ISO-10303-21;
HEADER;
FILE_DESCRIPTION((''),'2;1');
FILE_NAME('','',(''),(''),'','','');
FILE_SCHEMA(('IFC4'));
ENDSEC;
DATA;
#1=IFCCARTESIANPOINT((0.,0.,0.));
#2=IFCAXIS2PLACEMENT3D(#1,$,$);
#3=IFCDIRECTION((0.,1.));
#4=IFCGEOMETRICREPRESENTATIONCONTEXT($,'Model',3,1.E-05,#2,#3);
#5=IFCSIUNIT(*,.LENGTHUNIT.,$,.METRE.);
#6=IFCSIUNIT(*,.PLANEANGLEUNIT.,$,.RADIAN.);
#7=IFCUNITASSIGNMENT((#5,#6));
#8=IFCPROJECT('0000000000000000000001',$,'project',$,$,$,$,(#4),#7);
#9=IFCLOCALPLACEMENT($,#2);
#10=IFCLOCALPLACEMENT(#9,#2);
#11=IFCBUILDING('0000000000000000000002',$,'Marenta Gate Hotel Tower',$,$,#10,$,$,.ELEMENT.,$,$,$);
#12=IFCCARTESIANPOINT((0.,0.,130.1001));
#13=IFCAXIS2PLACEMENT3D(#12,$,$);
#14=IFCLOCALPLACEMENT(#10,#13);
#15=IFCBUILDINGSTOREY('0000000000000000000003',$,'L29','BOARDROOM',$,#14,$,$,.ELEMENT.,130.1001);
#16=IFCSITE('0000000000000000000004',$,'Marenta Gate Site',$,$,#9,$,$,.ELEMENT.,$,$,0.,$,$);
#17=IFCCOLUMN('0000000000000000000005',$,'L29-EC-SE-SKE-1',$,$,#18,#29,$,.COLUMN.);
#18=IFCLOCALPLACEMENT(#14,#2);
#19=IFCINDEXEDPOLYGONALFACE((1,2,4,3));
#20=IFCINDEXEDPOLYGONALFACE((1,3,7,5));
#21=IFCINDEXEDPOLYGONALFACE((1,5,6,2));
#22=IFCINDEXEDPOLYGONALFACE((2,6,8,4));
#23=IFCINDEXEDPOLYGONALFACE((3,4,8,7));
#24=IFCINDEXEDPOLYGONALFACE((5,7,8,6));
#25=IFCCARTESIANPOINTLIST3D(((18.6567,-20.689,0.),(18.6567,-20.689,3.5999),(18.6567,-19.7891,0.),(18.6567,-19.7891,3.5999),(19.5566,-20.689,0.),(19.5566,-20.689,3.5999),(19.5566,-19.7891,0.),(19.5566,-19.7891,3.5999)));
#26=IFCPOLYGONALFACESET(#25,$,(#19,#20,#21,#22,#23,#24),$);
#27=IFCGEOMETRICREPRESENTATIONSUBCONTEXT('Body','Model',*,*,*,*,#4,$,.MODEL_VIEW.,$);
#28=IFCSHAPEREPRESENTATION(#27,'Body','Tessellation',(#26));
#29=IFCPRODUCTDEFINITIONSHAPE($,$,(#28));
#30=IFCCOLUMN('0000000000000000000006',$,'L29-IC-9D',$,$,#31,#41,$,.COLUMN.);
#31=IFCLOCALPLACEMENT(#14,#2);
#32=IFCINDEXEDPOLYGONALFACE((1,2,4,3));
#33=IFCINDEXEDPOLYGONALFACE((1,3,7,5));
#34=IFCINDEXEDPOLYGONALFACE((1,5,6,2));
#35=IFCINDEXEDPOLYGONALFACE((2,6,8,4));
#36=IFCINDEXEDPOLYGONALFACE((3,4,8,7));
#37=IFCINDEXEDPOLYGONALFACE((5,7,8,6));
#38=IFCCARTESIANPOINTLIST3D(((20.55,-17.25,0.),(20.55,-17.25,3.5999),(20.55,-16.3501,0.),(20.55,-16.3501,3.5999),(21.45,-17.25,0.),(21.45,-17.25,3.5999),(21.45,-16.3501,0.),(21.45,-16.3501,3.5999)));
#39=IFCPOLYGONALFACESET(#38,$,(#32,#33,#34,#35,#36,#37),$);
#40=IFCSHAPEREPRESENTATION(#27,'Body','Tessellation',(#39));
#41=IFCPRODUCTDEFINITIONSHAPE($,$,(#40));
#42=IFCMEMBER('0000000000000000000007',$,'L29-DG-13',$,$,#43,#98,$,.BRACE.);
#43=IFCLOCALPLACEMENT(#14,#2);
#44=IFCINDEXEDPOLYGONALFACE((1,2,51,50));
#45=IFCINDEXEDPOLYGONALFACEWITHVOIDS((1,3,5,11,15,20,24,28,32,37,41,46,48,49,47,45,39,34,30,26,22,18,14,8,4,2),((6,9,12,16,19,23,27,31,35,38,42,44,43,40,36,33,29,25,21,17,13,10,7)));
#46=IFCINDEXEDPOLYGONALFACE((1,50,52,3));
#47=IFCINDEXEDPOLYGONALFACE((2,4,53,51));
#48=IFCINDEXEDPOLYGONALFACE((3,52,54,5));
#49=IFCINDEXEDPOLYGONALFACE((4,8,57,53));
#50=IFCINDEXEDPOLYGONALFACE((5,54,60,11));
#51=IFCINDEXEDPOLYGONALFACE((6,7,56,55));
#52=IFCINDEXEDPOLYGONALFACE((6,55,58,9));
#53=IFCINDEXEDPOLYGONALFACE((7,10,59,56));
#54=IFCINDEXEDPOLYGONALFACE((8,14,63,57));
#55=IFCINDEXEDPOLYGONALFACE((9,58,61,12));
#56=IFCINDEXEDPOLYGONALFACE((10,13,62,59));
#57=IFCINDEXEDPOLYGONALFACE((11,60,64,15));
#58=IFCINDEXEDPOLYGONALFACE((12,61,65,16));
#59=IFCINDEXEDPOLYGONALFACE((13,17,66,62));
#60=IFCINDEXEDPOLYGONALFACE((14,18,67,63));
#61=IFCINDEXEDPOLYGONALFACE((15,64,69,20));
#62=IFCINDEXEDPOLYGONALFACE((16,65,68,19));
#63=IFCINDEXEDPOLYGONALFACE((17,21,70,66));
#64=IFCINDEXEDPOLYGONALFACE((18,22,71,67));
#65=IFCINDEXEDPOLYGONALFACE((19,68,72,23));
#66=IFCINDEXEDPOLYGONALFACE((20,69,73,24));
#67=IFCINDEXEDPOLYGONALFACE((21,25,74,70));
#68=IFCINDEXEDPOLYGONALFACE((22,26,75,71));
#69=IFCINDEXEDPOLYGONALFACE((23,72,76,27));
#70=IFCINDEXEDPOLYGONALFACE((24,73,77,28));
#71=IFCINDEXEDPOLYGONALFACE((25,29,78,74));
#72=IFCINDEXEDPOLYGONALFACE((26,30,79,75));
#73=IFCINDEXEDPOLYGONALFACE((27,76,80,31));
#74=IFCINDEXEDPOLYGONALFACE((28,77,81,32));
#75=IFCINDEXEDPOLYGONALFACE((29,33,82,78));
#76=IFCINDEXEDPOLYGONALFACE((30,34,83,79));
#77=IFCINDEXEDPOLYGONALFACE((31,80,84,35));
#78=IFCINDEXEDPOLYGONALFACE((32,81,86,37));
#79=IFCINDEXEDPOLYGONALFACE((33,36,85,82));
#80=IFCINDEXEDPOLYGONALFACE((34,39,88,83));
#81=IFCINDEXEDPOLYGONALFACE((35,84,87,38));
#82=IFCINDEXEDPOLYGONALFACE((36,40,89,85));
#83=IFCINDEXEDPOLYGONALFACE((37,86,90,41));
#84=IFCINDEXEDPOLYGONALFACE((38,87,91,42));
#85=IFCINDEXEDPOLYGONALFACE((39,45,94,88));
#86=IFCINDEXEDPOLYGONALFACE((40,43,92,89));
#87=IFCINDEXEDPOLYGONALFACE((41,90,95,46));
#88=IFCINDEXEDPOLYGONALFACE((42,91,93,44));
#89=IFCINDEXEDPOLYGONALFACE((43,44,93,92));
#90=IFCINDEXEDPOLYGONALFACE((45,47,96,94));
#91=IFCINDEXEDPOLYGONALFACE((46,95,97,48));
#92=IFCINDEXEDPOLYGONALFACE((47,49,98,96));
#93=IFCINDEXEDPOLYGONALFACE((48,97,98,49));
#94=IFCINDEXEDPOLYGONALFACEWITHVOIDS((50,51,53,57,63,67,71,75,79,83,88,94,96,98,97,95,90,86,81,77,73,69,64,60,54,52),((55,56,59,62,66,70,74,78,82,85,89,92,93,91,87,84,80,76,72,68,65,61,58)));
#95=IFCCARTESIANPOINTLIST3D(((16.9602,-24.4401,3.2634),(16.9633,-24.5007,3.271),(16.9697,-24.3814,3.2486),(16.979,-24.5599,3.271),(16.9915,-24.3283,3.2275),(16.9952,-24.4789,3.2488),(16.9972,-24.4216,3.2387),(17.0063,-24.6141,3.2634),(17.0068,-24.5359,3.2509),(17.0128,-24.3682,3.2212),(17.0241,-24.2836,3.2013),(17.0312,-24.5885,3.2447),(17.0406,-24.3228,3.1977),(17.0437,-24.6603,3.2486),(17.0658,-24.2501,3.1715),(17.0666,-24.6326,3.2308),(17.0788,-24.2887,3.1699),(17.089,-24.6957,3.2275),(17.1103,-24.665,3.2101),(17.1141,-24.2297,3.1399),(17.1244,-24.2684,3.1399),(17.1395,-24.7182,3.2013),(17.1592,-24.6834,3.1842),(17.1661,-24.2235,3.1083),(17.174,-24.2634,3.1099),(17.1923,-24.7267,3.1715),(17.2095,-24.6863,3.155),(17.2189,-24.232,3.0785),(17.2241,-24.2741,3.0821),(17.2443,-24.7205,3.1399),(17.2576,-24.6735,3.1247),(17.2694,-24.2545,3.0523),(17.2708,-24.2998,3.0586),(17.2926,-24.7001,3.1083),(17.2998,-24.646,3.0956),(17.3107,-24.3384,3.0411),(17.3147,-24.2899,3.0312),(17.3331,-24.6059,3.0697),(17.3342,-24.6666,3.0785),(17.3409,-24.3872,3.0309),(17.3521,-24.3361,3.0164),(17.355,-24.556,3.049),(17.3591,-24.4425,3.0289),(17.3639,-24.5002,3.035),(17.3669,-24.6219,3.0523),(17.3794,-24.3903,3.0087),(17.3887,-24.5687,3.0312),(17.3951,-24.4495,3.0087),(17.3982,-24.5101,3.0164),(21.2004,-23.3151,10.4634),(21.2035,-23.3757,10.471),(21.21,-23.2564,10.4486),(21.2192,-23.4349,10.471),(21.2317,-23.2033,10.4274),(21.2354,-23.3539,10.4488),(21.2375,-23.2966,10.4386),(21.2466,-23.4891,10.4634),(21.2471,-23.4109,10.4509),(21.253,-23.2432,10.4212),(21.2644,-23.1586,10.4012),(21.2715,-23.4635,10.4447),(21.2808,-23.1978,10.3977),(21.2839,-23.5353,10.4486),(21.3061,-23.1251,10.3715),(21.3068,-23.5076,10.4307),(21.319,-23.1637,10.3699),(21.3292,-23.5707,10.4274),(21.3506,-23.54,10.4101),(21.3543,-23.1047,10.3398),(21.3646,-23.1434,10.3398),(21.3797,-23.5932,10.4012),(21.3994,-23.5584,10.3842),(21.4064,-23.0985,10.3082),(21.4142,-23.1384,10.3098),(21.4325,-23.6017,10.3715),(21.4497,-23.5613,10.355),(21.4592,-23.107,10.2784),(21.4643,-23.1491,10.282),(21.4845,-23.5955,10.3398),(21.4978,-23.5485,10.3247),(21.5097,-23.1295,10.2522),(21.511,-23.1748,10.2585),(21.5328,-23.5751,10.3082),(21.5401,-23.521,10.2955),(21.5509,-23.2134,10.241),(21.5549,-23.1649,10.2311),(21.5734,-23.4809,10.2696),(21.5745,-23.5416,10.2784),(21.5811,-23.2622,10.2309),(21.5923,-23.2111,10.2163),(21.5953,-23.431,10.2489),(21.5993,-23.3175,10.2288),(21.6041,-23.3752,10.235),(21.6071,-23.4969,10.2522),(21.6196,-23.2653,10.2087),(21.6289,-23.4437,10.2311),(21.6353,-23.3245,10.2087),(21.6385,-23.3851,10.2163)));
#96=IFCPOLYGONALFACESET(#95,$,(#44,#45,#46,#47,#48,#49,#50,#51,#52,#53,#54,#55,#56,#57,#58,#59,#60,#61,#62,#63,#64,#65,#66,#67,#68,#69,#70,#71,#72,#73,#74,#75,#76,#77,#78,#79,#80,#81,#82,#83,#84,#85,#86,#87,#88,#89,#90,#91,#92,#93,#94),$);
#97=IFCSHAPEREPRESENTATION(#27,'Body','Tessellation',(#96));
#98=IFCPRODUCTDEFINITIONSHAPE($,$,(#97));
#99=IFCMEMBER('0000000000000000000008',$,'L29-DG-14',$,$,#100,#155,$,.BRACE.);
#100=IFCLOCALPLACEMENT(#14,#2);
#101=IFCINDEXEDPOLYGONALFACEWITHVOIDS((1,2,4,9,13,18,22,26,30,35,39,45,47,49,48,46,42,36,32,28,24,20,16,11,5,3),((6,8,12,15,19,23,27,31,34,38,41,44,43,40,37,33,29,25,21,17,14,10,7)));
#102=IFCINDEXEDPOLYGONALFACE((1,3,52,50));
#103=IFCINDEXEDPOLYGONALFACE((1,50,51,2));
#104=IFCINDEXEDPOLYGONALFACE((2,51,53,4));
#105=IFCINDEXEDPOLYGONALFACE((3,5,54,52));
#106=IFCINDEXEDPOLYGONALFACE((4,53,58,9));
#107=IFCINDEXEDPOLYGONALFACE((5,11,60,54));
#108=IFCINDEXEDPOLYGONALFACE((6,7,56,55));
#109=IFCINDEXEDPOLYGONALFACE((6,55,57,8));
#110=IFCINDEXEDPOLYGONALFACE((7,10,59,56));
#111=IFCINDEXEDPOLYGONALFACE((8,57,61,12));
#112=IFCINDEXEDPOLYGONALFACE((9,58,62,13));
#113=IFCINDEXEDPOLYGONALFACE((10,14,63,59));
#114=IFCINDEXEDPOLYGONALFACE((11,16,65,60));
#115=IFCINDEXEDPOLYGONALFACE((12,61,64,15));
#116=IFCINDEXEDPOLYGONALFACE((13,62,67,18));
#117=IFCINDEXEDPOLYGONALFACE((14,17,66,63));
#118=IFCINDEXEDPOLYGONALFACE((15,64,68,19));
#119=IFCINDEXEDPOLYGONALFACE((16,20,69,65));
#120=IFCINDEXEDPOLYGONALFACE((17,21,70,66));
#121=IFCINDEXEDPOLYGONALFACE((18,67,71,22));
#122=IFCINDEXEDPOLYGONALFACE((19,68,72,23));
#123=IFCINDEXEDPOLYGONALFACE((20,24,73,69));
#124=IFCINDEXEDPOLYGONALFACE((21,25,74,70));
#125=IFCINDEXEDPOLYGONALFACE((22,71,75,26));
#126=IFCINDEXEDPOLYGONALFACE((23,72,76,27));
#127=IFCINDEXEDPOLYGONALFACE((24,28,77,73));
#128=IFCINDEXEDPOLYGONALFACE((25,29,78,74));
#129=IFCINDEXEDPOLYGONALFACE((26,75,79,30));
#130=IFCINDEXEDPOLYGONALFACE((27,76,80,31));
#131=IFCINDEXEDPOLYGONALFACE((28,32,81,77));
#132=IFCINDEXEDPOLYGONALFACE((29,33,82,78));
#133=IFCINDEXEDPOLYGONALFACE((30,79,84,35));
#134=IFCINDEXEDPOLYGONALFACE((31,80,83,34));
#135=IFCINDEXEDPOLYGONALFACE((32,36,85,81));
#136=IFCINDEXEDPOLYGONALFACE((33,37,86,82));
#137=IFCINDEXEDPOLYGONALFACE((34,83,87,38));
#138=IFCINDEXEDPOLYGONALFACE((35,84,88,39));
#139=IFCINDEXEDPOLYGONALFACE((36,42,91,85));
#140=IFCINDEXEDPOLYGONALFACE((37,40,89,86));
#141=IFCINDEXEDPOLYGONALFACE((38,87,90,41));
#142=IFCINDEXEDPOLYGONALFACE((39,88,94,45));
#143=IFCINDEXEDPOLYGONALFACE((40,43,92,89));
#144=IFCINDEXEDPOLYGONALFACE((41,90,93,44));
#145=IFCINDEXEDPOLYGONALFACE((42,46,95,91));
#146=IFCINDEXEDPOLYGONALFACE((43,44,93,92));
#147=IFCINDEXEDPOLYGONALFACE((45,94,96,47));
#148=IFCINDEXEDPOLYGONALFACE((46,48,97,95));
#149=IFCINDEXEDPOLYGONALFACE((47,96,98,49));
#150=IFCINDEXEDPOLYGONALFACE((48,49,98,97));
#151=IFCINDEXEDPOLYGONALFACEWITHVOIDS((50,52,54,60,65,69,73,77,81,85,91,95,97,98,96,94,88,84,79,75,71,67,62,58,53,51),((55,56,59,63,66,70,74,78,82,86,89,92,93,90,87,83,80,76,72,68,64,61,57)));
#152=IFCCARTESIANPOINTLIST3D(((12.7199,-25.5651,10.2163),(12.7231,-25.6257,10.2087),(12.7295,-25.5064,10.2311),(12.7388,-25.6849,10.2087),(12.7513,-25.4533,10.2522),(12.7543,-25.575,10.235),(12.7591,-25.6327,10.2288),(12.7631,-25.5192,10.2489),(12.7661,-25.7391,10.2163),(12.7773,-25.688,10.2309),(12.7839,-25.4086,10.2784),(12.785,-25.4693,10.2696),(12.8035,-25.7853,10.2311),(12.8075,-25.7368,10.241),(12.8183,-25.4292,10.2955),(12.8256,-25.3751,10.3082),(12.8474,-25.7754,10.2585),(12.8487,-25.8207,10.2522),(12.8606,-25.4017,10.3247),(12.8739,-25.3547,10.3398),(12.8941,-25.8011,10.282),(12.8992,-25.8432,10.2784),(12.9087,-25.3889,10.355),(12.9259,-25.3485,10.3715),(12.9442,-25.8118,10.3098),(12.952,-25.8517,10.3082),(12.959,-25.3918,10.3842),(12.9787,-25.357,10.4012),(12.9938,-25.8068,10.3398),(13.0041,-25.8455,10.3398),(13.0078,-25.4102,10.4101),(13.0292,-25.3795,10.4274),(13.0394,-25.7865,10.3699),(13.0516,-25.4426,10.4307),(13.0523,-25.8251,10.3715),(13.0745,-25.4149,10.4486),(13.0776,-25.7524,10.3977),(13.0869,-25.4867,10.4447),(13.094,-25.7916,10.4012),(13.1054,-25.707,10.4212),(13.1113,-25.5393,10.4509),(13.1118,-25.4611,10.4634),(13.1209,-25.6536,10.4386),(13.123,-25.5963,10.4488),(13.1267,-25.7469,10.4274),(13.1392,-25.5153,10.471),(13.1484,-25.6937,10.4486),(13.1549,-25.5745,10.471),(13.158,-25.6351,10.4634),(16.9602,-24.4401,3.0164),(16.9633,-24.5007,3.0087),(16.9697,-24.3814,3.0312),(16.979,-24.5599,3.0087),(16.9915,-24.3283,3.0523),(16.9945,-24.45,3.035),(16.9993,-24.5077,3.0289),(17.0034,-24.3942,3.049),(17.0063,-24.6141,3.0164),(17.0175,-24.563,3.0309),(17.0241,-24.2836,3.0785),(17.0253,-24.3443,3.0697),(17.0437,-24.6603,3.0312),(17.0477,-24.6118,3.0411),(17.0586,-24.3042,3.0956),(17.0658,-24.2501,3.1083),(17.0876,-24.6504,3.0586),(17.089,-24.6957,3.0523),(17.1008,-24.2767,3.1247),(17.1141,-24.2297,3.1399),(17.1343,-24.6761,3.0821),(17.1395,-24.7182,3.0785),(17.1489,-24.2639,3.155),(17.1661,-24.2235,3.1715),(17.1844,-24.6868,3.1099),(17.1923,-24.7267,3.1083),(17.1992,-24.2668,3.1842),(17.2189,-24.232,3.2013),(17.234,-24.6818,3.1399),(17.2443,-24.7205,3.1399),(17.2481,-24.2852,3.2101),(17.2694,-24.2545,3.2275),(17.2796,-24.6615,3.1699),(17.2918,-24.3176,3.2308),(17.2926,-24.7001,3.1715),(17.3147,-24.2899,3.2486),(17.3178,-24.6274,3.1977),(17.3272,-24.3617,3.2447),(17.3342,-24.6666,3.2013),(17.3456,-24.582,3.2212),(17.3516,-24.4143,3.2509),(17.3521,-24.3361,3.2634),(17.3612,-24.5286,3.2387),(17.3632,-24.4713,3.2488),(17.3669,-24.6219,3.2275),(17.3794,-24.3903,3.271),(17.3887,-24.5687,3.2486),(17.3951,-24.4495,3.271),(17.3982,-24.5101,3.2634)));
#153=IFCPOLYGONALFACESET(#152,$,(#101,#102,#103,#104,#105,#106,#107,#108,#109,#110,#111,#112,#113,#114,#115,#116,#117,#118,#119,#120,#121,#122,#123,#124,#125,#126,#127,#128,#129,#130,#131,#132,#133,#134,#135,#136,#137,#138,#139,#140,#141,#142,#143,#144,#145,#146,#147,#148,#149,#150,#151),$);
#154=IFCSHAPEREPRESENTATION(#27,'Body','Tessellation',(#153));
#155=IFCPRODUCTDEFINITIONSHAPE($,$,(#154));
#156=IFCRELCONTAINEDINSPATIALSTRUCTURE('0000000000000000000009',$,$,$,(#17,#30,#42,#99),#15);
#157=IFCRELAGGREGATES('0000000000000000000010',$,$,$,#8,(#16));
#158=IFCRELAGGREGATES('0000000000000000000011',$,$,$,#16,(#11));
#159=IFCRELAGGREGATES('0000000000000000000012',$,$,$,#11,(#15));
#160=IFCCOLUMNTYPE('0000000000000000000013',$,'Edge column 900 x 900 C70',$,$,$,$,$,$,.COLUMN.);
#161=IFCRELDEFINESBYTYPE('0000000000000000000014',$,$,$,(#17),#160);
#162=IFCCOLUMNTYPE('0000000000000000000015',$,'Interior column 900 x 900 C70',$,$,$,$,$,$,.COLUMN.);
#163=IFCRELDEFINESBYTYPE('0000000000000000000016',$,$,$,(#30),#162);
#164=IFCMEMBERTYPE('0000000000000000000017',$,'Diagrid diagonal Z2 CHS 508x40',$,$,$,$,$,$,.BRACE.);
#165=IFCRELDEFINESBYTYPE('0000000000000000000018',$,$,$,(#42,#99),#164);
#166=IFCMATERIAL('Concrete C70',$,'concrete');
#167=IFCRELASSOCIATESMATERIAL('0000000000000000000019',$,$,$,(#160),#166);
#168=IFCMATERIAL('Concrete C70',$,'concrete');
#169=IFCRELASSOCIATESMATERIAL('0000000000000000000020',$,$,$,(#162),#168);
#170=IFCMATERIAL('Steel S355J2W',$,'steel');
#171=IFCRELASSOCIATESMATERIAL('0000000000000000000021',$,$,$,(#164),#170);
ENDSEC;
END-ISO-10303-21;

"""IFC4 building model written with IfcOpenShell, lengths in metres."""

from ifc_helpers import new_model, si_unit, direction, frame, origin, origin_2d, place, context, subcontext, project, spatial, rectangle, hollow_circle, extrude, material, material_profile, profile_set, type_object, element, save


model = new_model("IFC4")

# Units and contexts
model_context = context("Model", 3, precision=1e-05, world=origin(), true_north=direction((0.0, 1.0)))
body_context = subcontext(model_context, "Body", "Model", "MODEL_VIEW")
ifc_project = project(units=[si_unit("LENGTHUNIT", "METRE"), si_unit("PLANEANGLEUNIT", "RADIAN")], contexts=[model_context])

# Site, building, storey
site_placement = place(None, origin())
site = spatial("IfcSite", under=ifc_project, at=site_placement, Name="Marenta Gate Site", CompositionType="ELEMENT", RefElevation=0.0)
building_placement = place(site_placement, origin())
building = spatial("IfcBuilding", under=site, at=building_placement, Name="Marenta Gate Hotel Tower", CompositionType="ELEMENT")
storey_placement = place(building_placement, frame((0.0, 0.0, 130.1001)))
storey = spatial("IfcBuildingStorey", under=building, at=storey_placement, Name="L29", Description="BOARDROOM", CompositionType="ELEMENT", Elevation=130.1001)

# Columns
ifc_material_1 = material(Name="Concrete C70", Category="concrete")
ifc_material_profile_1 = material_profile(ifc_material_1, rectangle(XDim=0.8999, YDim=0.8999, at=origin_2d()), Name="900 x 900")
ifc_profile_set_1 = profile_set([ifc_material_profile_1], Name="Concrete C70")
column_type_1 = type_object("IfcColumnType", Name="Edge column 900 x 900 C70", PredefinedType="COLUMN", material=ifc_profile_set_1)
column_1_placement = place(storey_placement, frame((19.1067, -20.239, 0.0), z_axis=(0.0, 0.0, 1.0), x_axis=(1.0, 0.0, 0.0)))
element("IfcColumn", 1, at=column_1_placement, inside=storey, type_object=column_type_1, Name="L29-EC-SE-SKE-1", PredefinedType="COLUMN", context=body_context, shape_type="SweptSolid", body=[
    extrude(rectangle(XDim=0.8999, YDim=0.8999, at=origin_2d()), origin(), (0.0, 0.0, 1.0), 3.5999),
])
ifc_material_2 = material(Name="Concrete C70", Category="concrete")
ifc_material_profile_2 = material_profile(ifc_material_2, rectangle(XDim=0.8999, YDim=0.8999, at=origin_2d()), Name="900 x 900")
ifc_profile_set_2 = profile_set([ifc_material_profile_2], Name="Concrete C70")
column_type_2 = type_object("IfcColumnType", Name="Interior column 900 x 900 C70", PredefinedType="COLUMN", material=ifc_profile_set_2)
column_2_placement = place(storey_placement, frame((21.0, -16.8, 0.0), z_axis=(0.0, 0.0, 1.0), x_axis=(1.0, 0.0, 0.0)))
element("IfcColumn", 2, at=column_2_placement, inside=storey, type_object=column_type_2, Name="L29-IC-9D", PredefinedType="COLUMN", context=body_context, shape_type="SweptSolid", body=[
    extrude(rectangle(XDim=0.8999, YDim=0.8999, at=origin_2d()), origin(), (0.0, 0.0, 1.0), 3.5999),
])

# Members
ifc_material_3 = material(Name="Steel S355J2W", Category="steel")
ifc_material_profile_3 = material_profile(ifc_material_3, hollow_circle(Radius=0.2539, WallThickness=0.04, at=origin_2d()), Name="CHS 508x40")
ifc_profile_set_3 = profile_set([ifc_material_profile_3], Name="Steel S355J2W")
member_type_1 = type_object("IfcMemberType", Name="Diagrid diagonal Z2 CHS 508x40", PredefinedType="BRACE", material=ifc_profile_set_3)
for number, where, z_axis, x_axis, name in (
    (3, (17.1792, -24.4751, 3.1399), (0.502924, 0.133434, 0.853969), (-0.256443, 0.966559, 0.0), "L29-DG-13"),
    (4, (17.1792, -24.4751, 3.1399), (-0.502924, -0.133434, 0.853969), (0.256443, -0.966559, 0.0), "L29-DG-14"),
):
    element("IfcMember", number, at=place(storey_placement, frame(where, z_axis=z_axis, x_axis=x_axis)), inside=storey, type_object=member_type_1, Name=name, PredefinedType="BRACE", context=body_context, shape_type="SweptSolid", body=[
        extrude(hollow_circle(Radius=0.2539, WallThickness=0.04, at=origin_2d()), origin(), (0.0, 0.0, 1.0), 8.4312),
    ])

save(model, "model.ifc")
